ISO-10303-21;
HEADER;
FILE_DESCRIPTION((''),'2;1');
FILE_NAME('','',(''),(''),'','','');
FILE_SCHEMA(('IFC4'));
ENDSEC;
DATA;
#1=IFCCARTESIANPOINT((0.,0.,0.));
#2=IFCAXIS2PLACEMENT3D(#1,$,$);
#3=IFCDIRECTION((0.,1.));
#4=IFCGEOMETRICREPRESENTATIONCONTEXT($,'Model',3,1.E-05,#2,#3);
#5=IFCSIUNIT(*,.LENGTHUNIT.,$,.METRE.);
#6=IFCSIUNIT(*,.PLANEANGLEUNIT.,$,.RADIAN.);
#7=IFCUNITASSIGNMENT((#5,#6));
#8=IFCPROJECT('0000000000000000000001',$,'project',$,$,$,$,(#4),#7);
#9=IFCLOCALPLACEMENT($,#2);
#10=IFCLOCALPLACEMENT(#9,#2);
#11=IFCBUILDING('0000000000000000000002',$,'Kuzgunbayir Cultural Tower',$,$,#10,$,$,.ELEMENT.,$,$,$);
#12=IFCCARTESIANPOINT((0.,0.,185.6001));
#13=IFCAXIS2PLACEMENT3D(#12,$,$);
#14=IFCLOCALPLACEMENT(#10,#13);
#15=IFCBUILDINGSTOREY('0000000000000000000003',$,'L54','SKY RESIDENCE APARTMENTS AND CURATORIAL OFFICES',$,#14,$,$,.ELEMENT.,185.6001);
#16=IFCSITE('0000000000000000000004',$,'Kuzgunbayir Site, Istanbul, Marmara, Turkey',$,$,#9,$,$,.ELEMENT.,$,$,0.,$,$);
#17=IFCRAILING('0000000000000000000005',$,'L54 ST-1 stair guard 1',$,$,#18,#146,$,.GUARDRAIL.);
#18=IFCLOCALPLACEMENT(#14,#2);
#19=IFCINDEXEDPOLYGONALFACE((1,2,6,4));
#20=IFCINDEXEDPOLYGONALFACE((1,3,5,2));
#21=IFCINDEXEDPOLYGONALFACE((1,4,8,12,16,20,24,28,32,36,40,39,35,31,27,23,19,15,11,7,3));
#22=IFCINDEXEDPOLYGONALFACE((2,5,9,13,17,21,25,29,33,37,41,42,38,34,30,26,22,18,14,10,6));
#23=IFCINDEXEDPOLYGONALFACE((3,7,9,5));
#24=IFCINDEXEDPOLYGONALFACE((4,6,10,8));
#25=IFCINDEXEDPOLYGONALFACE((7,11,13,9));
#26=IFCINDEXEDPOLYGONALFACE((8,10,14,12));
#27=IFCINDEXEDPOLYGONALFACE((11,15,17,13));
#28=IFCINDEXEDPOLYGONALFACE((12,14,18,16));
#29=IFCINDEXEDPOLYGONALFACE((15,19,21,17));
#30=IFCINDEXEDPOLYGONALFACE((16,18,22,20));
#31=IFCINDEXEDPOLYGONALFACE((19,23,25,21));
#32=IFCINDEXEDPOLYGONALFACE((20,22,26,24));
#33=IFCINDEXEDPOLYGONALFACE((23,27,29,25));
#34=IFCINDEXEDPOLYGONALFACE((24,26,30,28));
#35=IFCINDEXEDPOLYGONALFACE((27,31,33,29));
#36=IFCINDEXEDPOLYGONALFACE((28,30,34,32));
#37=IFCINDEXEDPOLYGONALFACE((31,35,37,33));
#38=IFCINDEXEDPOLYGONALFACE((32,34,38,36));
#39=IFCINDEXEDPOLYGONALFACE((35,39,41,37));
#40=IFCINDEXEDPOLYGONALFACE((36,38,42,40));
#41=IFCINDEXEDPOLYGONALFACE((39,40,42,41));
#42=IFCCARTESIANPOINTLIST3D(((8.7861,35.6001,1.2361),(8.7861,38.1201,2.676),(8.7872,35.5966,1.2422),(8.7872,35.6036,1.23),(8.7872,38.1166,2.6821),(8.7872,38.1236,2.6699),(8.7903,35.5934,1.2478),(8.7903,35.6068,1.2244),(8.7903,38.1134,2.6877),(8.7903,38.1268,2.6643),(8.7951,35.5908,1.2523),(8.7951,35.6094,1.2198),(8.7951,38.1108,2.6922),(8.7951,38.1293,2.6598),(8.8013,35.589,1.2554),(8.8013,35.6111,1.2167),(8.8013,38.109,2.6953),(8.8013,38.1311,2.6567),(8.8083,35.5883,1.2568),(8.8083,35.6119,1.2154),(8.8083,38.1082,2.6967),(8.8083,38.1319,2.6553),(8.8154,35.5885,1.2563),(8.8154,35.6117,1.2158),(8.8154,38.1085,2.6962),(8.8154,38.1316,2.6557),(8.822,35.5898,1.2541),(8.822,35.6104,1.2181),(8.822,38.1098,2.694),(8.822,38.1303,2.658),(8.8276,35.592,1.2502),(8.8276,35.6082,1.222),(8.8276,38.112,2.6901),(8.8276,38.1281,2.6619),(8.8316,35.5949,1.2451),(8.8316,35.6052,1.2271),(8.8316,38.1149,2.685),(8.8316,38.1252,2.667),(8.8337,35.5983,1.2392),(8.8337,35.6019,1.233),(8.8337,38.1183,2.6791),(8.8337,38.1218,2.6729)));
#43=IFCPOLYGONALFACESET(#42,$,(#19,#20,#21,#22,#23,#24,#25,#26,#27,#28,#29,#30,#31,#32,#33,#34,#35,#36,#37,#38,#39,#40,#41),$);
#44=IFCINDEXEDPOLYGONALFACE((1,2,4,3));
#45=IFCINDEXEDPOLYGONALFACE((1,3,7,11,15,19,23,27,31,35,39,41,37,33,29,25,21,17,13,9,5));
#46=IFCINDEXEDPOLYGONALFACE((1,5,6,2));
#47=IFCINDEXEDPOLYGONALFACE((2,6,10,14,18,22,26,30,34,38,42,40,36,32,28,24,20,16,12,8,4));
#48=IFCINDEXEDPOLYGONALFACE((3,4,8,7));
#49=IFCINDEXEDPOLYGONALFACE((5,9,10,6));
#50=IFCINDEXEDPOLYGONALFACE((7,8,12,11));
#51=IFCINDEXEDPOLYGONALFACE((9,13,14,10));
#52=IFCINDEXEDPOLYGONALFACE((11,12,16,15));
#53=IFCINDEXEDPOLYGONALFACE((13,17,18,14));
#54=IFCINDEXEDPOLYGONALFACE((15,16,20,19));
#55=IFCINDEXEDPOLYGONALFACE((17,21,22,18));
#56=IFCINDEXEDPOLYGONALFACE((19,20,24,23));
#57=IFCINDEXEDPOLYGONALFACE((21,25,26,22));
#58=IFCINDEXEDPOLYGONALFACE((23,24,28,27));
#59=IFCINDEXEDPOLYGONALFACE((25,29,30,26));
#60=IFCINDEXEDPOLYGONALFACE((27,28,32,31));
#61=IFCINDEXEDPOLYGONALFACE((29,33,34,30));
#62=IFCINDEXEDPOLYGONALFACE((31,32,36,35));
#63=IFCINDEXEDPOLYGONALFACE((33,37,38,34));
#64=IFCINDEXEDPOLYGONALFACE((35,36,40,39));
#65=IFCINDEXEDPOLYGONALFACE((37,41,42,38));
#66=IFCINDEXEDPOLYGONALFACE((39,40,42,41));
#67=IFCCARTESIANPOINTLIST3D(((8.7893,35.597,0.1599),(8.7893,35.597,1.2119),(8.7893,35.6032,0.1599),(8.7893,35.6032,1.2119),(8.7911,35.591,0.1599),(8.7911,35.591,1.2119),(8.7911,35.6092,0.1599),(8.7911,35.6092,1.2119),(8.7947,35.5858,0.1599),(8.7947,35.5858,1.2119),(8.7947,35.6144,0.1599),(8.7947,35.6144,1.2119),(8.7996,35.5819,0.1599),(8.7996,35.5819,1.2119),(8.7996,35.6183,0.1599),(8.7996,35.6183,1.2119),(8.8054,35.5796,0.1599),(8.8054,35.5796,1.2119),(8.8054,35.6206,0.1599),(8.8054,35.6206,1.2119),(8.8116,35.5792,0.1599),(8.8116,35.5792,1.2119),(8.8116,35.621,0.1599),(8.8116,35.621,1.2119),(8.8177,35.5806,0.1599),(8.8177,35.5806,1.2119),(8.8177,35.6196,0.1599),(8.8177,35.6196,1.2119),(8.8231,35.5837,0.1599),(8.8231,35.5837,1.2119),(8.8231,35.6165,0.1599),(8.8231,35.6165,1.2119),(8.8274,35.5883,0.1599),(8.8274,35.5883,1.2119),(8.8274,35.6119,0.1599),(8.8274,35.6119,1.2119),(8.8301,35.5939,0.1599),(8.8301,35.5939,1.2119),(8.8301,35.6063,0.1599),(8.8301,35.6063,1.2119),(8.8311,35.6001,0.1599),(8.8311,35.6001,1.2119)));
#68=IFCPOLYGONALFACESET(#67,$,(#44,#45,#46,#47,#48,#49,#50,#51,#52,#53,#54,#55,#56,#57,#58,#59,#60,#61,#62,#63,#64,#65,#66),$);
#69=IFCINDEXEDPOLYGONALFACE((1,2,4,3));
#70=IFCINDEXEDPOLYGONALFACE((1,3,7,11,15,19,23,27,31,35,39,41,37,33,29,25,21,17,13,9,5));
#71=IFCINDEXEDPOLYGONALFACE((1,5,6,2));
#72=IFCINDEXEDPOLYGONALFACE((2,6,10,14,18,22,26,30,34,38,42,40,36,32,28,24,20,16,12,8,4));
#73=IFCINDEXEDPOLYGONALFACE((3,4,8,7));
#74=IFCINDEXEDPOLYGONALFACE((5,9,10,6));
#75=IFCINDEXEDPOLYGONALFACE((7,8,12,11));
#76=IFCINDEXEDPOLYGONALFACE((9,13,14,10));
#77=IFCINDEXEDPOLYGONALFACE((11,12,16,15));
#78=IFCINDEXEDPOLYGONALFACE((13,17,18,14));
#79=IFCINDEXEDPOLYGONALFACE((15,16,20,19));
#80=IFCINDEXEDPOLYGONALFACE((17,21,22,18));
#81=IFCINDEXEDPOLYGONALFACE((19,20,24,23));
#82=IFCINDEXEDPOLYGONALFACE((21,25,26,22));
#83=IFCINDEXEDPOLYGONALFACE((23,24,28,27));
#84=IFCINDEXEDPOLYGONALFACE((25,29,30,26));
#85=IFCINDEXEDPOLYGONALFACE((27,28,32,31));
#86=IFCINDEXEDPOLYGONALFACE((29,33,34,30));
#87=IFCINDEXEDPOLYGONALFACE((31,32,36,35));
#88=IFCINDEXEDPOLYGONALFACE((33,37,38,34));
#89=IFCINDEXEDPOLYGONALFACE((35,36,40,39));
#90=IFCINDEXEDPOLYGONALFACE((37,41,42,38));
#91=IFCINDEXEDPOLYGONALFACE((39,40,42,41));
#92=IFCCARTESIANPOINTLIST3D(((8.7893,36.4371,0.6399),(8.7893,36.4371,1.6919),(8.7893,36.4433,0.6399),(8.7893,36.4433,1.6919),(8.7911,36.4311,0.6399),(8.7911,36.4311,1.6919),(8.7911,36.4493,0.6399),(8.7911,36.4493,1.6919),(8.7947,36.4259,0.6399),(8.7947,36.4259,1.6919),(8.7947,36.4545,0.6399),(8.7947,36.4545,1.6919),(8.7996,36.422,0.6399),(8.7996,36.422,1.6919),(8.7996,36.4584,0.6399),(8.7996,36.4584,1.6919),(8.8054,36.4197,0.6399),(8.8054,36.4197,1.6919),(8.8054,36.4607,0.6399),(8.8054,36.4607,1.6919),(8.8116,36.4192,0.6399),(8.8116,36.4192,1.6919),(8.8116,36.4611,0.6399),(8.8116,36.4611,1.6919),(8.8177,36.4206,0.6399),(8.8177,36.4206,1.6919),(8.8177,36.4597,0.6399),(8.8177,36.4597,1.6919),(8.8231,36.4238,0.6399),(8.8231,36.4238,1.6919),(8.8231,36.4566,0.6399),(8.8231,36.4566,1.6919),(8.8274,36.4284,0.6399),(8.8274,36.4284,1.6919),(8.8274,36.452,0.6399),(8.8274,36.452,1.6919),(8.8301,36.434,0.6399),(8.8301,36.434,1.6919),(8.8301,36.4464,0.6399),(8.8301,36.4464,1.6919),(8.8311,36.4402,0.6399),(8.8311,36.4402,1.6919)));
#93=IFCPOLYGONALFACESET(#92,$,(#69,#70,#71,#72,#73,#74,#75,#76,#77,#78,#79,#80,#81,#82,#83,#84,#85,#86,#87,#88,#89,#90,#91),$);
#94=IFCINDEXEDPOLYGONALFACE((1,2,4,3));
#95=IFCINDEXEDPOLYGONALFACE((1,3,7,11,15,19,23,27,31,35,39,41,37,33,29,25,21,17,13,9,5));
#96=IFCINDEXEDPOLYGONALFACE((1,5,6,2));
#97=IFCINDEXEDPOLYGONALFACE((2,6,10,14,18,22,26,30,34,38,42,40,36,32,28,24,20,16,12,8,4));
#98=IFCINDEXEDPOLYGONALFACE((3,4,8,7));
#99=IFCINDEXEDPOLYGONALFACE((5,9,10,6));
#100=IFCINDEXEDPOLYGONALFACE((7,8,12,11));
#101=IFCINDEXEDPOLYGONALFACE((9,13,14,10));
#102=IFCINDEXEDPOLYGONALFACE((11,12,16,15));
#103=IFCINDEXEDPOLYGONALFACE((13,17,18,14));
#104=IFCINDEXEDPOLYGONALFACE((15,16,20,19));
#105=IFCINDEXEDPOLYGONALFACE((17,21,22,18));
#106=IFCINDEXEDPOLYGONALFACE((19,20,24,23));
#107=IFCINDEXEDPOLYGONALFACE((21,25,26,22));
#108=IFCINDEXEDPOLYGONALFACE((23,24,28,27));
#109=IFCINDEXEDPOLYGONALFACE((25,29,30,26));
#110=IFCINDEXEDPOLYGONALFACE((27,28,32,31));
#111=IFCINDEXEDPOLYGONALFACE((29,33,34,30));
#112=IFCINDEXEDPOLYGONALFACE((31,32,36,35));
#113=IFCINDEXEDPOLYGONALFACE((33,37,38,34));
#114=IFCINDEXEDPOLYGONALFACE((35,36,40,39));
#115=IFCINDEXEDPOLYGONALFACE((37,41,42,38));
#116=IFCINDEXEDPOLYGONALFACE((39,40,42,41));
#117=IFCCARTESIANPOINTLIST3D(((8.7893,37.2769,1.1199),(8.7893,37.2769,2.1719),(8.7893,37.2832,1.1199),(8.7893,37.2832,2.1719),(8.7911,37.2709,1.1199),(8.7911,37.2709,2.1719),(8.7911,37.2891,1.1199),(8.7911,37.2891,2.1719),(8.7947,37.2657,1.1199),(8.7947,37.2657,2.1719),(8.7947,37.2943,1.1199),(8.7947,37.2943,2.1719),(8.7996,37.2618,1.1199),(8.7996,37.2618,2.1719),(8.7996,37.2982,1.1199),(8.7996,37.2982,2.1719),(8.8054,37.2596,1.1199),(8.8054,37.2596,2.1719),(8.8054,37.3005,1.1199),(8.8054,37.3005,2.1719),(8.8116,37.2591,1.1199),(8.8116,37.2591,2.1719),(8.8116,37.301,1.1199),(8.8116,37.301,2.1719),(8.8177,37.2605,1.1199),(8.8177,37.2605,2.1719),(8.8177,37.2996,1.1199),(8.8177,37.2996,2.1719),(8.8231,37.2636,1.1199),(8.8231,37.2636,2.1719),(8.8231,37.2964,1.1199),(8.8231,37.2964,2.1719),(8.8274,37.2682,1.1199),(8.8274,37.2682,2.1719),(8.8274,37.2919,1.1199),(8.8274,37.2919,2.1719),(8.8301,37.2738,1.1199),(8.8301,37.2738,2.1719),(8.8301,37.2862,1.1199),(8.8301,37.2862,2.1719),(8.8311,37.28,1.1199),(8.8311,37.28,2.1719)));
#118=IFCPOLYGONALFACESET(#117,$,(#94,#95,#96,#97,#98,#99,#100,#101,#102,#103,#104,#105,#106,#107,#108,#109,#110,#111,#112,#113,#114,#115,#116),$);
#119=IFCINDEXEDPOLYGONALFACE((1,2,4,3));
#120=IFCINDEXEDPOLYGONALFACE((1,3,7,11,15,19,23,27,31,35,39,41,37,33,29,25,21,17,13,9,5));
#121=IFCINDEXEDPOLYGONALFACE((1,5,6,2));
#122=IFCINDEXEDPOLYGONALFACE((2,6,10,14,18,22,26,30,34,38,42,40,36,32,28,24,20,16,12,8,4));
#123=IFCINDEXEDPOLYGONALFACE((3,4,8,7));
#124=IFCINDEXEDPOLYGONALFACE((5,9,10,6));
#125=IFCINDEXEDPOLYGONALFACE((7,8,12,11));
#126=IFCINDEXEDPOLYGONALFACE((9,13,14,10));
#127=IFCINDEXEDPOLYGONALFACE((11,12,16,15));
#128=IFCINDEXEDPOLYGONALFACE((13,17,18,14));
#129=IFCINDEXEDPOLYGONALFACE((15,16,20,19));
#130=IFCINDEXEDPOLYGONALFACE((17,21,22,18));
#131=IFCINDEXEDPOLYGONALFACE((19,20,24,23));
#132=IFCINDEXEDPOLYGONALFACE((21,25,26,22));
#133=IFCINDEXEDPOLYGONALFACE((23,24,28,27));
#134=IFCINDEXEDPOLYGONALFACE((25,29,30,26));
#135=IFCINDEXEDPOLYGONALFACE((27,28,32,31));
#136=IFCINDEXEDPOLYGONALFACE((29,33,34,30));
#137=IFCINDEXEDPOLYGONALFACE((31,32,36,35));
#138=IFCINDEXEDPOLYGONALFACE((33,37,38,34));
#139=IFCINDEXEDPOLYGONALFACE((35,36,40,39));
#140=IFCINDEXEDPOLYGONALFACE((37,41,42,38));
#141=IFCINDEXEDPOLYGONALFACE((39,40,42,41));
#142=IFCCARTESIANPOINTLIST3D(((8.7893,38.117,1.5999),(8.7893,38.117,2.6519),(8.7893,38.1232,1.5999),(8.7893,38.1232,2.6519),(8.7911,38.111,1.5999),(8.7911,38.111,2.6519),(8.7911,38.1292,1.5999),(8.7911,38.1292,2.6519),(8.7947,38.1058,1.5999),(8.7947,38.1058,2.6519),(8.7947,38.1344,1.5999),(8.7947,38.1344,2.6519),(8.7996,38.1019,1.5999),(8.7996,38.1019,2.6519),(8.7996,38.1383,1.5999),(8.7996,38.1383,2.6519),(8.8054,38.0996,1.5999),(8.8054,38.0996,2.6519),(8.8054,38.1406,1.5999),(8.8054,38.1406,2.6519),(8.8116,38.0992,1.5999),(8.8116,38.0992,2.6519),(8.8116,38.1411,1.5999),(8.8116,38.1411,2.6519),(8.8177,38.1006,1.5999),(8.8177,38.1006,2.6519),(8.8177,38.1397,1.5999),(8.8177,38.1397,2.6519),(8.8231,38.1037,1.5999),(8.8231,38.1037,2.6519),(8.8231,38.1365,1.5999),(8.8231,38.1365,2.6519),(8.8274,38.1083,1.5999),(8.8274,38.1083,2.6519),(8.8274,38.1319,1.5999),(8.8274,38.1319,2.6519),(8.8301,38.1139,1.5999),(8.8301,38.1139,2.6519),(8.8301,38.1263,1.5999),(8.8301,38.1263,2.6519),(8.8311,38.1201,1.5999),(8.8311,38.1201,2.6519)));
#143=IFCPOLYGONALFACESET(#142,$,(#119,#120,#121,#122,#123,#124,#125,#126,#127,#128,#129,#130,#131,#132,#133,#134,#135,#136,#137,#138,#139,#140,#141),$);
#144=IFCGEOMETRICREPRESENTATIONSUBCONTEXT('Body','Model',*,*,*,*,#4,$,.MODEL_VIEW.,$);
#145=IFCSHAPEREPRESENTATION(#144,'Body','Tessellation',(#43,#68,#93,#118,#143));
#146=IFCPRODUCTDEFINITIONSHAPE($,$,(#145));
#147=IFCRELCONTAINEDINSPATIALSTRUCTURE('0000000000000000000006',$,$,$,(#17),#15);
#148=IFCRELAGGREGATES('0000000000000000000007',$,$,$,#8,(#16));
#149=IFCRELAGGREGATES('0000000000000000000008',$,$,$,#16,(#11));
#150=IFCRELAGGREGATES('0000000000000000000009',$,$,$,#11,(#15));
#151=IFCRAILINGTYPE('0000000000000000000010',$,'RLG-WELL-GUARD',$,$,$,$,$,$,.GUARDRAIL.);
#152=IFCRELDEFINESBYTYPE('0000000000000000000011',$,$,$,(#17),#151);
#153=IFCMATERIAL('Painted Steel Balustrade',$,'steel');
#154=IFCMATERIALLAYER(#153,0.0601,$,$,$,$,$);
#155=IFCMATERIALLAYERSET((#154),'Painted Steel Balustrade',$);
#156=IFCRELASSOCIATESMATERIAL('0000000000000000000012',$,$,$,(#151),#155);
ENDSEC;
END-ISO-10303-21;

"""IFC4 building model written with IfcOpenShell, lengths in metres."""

from ifc_helpers import new_model, si_unit, direction, frame, origin, origin_2d, place, context, subcontext, project, spatial, circle, extrude, material, layer, layer_set, type_object, element, save


model = new_model("IFC4")

# Units and contexts
model_context = context("Model", 3, precision=1e-05, world=origin(), true_north=direction((0.0, 1.0)))
body_context = subcontext(model_context, "Body", "Model", "MODEL_VIEW")
ifc_project = project(units=[si_unit("LENGTHUNIT", "METRE"), si_unit("PLANEANGLEUNIT", "RADIAN")], contexts=[model_context])

# Site, building, storey
site_placement = place(None, origin())
site = spatial("IfcSite", under=ifc_project, at=site_placement, Name="Kuzgunbayir Site, Istanbul, Marmara, Turkey", CompositionType="ELEMENT", RefElevation=0.0)
building_placement = place(site_placement, origin())
building = spatial("IfcBuilding", under=site, at=building_placement, Name="Kuzgunbayir Cultural Tower", CompositionType="ELEMENT")
storey_placement = place(building_placement, frame((0.0, 0.0, 185.6001)))
storey = spatial("IfcBuildingStorey", under=building, at=storey_placement, Name="L54", Description="SKY RESIDENCE APARTMENTS AND CURATORIAL OFFICES", CompositionType="ELEMENT", Elevation=185.6001)

# Railing
ifc_material_1 = material(Name="Painted Steel Balustrade", Category="steel")
ifc_layer_1 = layer(ifc_material_1, 0.0601)
ifc_layer_set_1 = layer_set([ifc_layer_1], Name="Painted Steel Balustrade")
railing_type_1 = type_object("IfcRailingType", Name="RLG-WELL-GUARD", PredefinedType="GUARDRAIL", material=ifc_layer_set_1)
railing_1_placement = place(storey_placement, frame((8.8101, 35.6001, 0.1599)))
element("IfcRailing", 1, at=railing_1_placement, inside=storey, type_object=railing_type_1, Name="L54 ST-1 stair guard 1", PredefinedType="GUARDRAIL", context=body_context, shape_type="SweptSolid", body=[
    extrude(circle(Radius=0.0239, at=origin_2d()), frame((0.0, 0.0, 1.0762), z_axis=(0.0, 0.868253, 0.496121), x_axis=(-1.0, 0.0, 0.0)), (0.0, 0.0, 1.0), 2.9023),
    extrude(circle(Radius=0.021, at=origin_2d()), origin(), (0.0, 0.0, 1.0), 1.052),
    extrude(circle(Radius=0.021, at=origin_2d()), frame((0.0, 0.8401, 0.48)), (0.0, 0.0, 1.0), 1.052),
    extrude(circle(Radius=0.021, at=origin_2d()), frame((0.0, 1.6799, 0.96)), (0.0, 0.0, 1.0), 1.052),
    extrude(circle(Radius=0.021, at=origin_2d()), frame((0.0, 2.52, 1.4399)), (0.0, 0.0, 1.0), 1.052),
])

save(model, "model.ifc")
